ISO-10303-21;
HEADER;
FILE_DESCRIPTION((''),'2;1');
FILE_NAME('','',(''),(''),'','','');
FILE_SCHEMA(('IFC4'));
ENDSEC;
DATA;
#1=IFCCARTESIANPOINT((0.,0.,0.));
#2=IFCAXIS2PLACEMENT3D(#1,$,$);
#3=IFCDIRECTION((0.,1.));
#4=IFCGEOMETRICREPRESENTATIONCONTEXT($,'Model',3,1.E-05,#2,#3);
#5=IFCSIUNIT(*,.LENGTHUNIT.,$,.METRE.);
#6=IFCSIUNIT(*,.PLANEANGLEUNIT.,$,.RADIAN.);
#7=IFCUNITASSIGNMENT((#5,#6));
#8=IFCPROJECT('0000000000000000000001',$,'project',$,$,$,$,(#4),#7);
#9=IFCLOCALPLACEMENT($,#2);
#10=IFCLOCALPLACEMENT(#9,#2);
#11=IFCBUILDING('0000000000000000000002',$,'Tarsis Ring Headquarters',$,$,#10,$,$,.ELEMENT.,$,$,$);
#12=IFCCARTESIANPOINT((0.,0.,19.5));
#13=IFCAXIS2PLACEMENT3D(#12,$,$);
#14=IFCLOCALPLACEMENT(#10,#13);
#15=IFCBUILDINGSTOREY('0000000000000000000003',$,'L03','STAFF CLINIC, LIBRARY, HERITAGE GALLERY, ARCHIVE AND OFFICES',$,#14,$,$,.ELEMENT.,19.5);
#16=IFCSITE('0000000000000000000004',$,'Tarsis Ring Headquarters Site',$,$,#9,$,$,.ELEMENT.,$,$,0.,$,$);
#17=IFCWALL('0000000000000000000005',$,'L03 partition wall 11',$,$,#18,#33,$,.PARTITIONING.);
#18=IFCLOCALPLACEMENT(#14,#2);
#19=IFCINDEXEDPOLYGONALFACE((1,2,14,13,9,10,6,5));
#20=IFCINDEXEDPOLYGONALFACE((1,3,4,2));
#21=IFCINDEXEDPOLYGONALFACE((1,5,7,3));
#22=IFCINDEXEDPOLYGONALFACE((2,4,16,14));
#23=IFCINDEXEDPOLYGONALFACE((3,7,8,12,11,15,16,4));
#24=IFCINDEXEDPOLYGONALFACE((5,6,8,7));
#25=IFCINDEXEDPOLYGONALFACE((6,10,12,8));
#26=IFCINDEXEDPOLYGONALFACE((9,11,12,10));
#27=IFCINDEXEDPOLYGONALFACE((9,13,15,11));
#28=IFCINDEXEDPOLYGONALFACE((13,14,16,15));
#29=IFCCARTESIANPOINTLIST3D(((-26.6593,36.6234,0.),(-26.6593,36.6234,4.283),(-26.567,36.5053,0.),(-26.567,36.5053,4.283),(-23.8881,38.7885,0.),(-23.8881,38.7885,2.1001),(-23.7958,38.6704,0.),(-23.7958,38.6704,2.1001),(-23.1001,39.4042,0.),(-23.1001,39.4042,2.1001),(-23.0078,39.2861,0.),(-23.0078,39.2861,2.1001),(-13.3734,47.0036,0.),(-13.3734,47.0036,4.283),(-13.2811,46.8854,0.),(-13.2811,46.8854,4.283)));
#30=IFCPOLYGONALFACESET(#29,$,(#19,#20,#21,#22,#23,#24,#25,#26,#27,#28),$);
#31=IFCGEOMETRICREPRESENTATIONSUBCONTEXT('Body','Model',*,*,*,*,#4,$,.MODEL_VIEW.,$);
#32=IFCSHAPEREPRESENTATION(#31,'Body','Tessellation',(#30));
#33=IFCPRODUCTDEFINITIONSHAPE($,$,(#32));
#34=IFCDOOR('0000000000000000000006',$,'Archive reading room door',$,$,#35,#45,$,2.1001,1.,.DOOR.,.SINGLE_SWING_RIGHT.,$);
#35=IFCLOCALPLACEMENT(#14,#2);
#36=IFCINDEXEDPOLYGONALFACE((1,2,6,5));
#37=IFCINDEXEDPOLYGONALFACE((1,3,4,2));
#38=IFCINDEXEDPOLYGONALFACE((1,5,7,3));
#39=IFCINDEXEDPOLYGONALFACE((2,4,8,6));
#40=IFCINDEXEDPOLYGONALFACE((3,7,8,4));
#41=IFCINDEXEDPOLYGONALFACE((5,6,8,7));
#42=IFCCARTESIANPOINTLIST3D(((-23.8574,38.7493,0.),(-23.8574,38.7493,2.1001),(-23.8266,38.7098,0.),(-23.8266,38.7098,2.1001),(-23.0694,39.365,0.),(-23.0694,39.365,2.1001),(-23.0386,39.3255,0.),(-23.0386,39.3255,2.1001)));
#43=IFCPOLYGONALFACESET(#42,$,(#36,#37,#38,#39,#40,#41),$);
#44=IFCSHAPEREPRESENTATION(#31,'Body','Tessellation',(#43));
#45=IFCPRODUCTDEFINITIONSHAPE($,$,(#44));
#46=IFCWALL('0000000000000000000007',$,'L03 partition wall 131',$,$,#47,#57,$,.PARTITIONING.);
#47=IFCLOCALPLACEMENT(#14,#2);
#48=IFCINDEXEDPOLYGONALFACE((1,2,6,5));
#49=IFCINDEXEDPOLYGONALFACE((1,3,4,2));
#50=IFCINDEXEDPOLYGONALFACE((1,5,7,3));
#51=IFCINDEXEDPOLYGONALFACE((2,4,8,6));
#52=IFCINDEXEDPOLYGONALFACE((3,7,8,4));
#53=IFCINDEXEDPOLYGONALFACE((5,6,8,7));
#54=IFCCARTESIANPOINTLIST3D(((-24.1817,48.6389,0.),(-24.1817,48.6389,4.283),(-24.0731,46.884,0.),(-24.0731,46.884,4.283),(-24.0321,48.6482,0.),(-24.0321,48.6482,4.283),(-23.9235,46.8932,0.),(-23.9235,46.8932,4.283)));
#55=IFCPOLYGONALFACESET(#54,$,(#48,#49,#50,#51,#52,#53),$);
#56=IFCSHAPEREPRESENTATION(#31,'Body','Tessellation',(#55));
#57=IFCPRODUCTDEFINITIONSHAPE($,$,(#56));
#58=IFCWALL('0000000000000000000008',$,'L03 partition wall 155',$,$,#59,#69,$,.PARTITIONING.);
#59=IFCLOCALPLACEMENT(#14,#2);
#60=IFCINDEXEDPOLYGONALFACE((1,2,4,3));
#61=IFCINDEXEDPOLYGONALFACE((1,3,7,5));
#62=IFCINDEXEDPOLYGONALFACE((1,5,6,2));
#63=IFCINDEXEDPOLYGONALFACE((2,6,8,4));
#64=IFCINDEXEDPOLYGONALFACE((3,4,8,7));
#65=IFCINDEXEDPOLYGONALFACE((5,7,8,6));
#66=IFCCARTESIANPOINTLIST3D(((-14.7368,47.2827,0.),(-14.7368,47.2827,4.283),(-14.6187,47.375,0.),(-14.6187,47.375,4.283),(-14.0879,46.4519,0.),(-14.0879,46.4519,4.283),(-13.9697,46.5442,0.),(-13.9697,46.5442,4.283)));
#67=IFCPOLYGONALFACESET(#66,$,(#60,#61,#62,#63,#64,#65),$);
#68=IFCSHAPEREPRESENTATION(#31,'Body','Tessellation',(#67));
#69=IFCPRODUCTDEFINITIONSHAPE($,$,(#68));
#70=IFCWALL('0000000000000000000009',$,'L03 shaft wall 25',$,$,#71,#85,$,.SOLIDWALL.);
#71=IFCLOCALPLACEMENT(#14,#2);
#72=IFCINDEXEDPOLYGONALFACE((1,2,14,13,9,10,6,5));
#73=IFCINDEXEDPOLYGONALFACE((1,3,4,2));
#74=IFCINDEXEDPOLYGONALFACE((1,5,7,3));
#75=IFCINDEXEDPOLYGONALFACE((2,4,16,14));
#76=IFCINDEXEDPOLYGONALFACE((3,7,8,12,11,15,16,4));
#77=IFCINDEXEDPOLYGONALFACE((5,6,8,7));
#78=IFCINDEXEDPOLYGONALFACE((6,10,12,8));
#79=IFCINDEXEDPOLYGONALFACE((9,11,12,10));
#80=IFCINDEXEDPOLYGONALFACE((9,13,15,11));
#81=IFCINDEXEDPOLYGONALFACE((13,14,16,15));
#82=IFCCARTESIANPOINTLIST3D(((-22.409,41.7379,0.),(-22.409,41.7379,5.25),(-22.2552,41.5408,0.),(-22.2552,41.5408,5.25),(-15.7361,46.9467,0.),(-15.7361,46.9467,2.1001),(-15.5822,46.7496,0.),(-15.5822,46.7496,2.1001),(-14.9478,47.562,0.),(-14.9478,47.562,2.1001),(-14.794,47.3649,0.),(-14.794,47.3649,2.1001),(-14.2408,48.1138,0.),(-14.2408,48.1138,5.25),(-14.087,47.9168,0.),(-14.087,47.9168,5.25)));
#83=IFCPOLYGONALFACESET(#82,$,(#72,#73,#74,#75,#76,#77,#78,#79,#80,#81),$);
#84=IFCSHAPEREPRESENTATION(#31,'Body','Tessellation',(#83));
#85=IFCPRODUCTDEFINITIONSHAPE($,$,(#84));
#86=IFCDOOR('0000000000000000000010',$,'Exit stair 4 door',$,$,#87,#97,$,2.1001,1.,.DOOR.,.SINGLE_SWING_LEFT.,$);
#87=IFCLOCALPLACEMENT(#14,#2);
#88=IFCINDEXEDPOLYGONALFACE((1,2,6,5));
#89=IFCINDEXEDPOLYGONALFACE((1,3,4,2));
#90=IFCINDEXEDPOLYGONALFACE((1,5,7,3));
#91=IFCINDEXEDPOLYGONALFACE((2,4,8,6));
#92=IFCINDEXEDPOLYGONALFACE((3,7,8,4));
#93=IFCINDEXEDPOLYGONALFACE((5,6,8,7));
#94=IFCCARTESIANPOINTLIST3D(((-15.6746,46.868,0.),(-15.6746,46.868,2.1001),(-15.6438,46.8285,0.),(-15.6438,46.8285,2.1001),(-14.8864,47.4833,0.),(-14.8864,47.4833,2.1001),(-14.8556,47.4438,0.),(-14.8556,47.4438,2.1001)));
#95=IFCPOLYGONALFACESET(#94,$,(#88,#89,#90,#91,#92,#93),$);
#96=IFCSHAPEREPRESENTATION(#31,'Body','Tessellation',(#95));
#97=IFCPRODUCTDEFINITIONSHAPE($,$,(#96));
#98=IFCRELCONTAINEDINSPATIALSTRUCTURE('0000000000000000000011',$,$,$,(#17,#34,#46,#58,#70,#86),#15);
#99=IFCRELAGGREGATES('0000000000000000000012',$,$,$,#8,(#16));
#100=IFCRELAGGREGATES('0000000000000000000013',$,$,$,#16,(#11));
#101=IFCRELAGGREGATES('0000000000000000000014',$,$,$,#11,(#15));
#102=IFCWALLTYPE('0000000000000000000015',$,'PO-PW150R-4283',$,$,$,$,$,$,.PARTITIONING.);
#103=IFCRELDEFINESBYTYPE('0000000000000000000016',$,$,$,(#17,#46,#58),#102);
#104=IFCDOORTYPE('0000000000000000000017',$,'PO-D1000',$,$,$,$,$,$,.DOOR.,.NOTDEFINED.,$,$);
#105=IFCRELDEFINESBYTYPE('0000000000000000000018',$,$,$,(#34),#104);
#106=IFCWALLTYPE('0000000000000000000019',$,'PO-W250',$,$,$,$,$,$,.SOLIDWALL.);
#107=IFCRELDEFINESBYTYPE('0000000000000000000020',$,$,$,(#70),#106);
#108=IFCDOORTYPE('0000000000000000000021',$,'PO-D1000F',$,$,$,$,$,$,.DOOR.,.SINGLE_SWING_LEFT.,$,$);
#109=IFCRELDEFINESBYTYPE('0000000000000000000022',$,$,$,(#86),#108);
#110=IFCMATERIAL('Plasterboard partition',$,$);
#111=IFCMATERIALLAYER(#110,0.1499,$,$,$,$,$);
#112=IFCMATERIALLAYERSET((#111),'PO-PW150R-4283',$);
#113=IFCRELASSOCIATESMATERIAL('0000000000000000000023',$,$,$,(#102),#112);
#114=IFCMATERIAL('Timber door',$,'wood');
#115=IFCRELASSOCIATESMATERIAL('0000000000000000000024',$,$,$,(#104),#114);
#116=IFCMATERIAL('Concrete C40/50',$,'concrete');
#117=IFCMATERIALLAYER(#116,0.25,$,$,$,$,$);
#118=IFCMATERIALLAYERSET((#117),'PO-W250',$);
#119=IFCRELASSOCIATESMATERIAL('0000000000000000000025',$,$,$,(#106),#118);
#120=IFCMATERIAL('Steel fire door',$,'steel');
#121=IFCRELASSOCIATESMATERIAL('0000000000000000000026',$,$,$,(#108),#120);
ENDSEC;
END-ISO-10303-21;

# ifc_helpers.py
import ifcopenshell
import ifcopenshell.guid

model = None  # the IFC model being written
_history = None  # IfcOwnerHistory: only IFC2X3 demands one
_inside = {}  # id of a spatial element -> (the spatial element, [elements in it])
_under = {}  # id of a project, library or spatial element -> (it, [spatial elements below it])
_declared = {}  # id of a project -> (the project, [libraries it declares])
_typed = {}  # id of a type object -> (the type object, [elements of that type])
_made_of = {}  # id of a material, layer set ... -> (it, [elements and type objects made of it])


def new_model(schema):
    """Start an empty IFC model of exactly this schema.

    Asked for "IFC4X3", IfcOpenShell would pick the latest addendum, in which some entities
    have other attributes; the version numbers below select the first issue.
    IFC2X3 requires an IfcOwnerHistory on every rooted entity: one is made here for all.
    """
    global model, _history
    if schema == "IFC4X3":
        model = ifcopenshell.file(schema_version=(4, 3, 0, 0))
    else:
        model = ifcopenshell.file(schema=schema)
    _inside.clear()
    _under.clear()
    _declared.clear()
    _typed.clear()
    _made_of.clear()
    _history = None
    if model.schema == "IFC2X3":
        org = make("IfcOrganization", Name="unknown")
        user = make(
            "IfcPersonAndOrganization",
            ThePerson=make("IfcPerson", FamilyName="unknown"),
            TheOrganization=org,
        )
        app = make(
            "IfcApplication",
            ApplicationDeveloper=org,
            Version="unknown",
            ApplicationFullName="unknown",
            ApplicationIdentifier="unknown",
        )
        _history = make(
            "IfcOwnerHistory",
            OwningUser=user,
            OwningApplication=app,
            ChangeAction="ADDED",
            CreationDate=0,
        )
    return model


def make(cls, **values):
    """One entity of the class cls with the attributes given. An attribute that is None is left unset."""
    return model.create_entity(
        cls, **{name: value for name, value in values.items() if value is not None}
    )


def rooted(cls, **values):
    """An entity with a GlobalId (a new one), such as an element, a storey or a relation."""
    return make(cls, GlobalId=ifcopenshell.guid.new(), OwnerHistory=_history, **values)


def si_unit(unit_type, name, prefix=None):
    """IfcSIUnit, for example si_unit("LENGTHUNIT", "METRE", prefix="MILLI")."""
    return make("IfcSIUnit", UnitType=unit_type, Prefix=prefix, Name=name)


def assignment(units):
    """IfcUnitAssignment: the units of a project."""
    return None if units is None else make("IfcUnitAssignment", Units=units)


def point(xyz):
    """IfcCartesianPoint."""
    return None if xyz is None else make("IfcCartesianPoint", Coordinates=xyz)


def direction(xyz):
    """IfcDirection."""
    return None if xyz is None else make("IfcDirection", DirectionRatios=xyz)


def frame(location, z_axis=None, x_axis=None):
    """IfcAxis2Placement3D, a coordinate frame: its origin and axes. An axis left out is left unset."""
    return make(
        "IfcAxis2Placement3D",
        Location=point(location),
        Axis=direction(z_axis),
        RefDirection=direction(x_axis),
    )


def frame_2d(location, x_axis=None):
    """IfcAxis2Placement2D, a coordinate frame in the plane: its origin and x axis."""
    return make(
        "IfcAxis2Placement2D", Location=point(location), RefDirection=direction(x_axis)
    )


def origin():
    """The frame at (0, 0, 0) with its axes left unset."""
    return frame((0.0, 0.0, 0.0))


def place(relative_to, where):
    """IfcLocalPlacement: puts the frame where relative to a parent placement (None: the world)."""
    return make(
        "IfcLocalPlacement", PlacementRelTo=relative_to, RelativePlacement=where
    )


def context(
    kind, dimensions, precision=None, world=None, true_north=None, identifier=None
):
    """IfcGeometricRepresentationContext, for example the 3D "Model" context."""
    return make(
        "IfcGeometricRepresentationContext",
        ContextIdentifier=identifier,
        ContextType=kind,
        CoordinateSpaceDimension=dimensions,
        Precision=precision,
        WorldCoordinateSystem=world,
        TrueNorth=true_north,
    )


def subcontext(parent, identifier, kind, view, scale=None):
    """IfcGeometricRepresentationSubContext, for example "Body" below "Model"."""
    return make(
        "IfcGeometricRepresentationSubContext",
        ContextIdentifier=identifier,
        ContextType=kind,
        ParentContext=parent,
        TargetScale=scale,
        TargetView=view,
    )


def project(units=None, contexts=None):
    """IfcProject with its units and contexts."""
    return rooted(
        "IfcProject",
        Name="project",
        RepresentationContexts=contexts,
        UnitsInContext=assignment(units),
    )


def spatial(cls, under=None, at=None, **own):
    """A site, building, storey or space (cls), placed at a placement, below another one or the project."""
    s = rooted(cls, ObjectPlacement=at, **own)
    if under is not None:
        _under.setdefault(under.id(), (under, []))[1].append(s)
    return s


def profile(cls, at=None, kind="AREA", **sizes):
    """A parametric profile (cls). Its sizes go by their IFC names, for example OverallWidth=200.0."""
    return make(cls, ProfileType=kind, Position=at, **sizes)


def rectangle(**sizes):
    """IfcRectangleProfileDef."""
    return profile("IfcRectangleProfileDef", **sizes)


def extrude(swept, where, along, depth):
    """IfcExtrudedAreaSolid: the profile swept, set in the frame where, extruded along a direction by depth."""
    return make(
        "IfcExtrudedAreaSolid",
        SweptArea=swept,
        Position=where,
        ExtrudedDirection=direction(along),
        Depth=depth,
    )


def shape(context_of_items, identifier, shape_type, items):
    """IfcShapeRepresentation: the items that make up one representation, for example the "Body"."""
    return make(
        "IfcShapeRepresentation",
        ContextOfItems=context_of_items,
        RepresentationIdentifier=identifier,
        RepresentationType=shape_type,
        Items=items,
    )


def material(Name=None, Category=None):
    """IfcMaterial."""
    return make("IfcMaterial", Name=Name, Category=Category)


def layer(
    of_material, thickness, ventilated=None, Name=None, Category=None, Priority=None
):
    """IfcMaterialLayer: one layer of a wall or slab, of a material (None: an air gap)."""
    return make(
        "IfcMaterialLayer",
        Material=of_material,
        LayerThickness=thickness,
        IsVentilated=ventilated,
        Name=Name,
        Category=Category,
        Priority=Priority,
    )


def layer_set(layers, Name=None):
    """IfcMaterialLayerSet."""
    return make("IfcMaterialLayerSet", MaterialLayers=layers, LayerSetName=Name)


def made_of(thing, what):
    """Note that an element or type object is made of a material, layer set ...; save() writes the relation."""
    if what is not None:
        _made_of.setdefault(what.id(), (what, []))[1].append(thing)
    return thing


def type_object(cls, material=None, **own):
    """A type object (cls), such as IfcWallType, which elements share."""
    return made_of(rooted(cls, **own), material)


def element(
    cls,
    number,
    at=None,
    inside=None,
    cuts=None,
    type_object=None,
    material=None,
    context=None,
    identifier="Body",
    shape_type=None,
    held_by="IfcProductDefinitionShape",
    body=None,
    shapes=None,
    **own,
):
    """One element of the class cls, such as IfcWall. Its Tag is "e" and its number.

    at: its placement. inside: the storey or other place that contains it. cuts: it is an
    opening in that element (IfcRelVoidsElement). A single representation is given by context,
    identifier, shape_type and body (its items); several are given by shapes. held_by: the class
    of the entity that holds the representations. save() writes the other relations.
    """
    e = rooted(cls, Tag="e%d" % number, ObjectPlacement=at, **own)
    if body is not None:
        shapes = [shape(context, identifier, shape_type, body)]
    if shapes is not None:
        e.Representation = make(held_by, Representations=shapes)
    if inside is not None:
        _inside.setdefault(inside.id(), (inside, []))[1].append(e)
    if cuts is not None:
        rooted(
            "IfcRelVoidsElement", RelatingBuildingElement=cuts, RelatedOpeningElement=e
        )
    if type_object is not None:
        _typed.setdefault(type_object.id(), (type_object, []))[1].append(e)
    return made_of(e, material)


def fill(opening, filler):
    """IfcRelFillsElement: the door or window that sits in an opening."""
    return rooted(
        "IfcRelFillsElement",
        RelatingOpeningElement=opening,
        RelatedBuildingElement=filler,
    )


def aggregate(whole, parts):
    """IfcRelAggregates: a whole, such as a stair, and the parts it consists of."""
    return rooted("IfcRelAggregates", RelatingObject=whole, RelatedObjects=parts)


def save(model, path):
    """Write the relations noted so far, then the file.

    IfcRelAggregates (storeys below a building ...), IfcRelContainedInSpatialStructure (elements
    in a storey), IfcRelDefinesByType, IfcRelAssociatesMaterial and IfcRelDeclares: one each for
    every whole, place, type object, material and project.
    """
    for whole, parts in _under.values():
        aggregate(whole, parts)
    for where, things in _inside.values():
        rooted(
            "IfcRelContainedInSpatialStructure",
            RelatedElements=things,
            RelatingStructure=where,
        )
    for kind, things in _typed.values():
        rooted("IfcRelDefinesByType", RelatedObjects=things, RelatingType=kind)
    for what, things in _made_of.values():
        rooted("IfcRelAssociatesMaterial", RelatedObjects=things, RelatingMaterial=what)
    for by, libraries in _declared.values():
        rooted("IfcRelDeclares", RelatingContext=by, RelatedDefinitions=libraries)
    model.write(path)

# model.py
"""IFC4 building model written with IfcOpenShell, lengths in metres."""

from ifc_helpers import new_model, si_unit, direction, frame, frame_2d, origin, place, context, subcontext, project, spatial, rectangle, extrude, material, layer, layer_set, type_object, element, fill, save


model = new_model("IFC4")

# Units and contexts
model_context = context("Model", 3, precision=1e-05, world=origin(), true_north=direction((0.0, 1.0)))
body_context = subcontext(model_context, "Body", "Model", "MODEL_VIEW")
ifc_project = project(units=[si_unit("LENGTHUNIT", "METRE"), si_unit("PLANEANGLEUNIT", "RADIAN")], contexts=[model_context])

# Site, building, storey
site_placement = place(None, origin())
site = spatial("IfcSite", under=ifc_project, at=site_placement, Name="Tarsis Ring Headquarters Site", CompositionType="ELEMENT", RefElevation=0.0)
building_placement = place(site_placement, origin())
building = spatial("IfcBuilding", under=site, at=building_placement, Name="Tarsis Ring Headquarters", CompositionType="ELEMENT")
storey_placement = place(building_placement, frame((0.0, 0.0, 19.5)))
storey = spatial("IfcBuildingStorey", under=building, at=storey_placement, Name="L03", Description="STAFF CLINIC, LIBRARY, HERITAGE GALLERY, ARCHIVE AND OFFICES", CompositionType="ELEMENT", Elevation=19.5)

# Shared definitions
ifc_material_1 = material(Name="Concrete C40/50", Category="concrete")

# Shared definitions
ifc_material_2 = material(Name="Plasterboard partition")

# Wall, opening, door
ifc_layer_1 = layer(ifc_material_2, 0.1499)
ifc_layer_set_1 = layer_set([ifc_layer_1], Name="PO-PW150R-4283")
wall_type_1 = type_object("IfcWallType", Name="PO-PW150R-4283", PredefinedType="PARTITIONING", material=ifc_layer_set_1)
wall_1_placement = place(storey_placement, frame((-13.3271, 46.9446, 0.0), z_axis=(0.0, 0.0, 1.0), x_axis=(-0.788009, -0.615663, 0.0)))
wall_1 = element("IfcWall", 1, at=wall_1_placement, inside=storey, type_object=wall_type_1, Name="L03 partition wall 11", PredefinedType="PARTITIONING", context=body_context, shape_type="SweptSolid", body=[
    extrude(rectangle(XDim=16.8601, YDim=0.1499, at=frame_2d((8.4302, 0.0))), origin(), (0.0, 0.0, 1.0), 4.283),
])
opening_1_placement = place(wall_1_placement, frame((12.3435, 0.0, 0.0)))
opening_1 = element("IfcOpeningElement", 2, at=opening_1_placement, cuts=wall_1, PredefinedType="OPENING", context=body_context, shape_type="SweptSolid", body=[
    extrude(rectangle(XDim=1.0, YDim=2.1001, at=frame_2d((0.5, 1.05))), frame((0.0, 0.085, 0.0), z_axis=(0.0, -1.0, 0.0), x_axis=(1.0, 0.0, 0.0)), (0.0, 0.0, 1.0), 0.1699),
])
ifc_material_3 = material(Name="Timber door", Category="wood")
door_type_1 = type_object("IfcDoorType", Name="PO-D1000", OperationType="NOTDEFINED", PredefinedType="DOOR", material=ifc_material_3)
door_1_placement = place(opening_1_placement, origin())
door_1 = element("IfcDoor", 3, at=door_1_placement, inside=storey, type_object=door_type_1, Name="Archive reading room door", OperationType="SINGLE_SWING_RIGHT", OverallHeight=2.1001, OverallWidth=1.0, PredefinedType="DOOR", context=body_context, shape_type="SweptSolid", body=[
    extrude(rectangle(XDim=1.0, YDim=2.1001, at=frame_2d((0.5, 1.05))), frame((0.0, 0.0249, 0.0), z_axis=(0.0, -1.0, 0.0), x_axis=(1.0, 0.0, 0.0)), (0.0, 0.0, 1.0), 0.05),
])
fill(opening_1, door_1)

# Walls
wall_2_placement = place(storey_placement, frame((-24.1069, 48.6436, 0.0), z_axis=(0.0, 0.0, 1.0), x_axis=(0.06179, -0.998089, 0.0)))
element("IfcWall", 4, at=wall_2_placement, inside=storey, type_object=wall_type_1, Name="L03 partition wall 131", PredefinedType="PARTITIONING", context=body_context, shape_type="SweptSolid", body=[
    extrude(rectangle(XDim=1.7583, YDim=0.1499, at=frame_2d((0.8792, 0.0))), origin(), (0.0, 0.0, 1.0), 4.283),
])
wall_3_placement = place(storey_placement, frame((-14.6777, 47.3289, 0.0), z_axis=(0.0, 0.0, 1.0), x_axis=(0.615559, -0.788091, 0.0)))
element("IfcWall", 5, at=wall_3_placement, inside=storey, type_object=wall_type_1, Name="L03 partition wall 155", PredefinedType="PARTITIONING", context=body_context, shape_type="SweptSolid", body=[
    extrude(rectangle(XDim=1.0542, YDim=0.1499, at=frame_2d((0.5271, 0.0))), origin(), (0.0, 0.0, 1.0), 4.283),
])

# Wall, opening, door
ifc_layer_2 = layer(ifc_material_1, 0.25)
ifc_layer_set_2 = layer_set([ifc_layer_2], Name="PO-W250")
wall_type_2 = type_object("IfcWallType", Name="PO-W250", PredefinedType="SOLIDWALL", material=ifc_layer_set_2)
wall_4_placement = place(storey_placement, frame((-14.1638, 48.0154, 0.0), z_axis=(0.0, 0.0, 1.0), x_axis=(-0.788279, -0.615318, 0.0)))
wall_4 = element("IfcWall", 6, at=wall_4_placement, inside=storey, type_object=wall_type_2, Name="L03 shaft wall 25", PredefinedType="SOLIDWALL", context=body_context, shape_type="SweptSolid", body=[
    extrude(rectangle(XDim=10.3621, YDim=0.25, at=frame_2d((5.1812, 0.0))), origin(), (0.0, 0.0, 1.0), 5.25),
])
opening_2_placement = place(wall_4_placement, frame((0.897, 0.0, 0.0)))
opening_2 = element("IfcOpeningElement", 7, at=opening_2_placement, cuts=wall_4, PredefinedType="OPENING", context=body_context, shape_type="SweptSolid", body=[
    extrude(rectangle(XDim=1.0, YDim=2.1001, at=frame_2d((0.5, 1.05))), frame((0.0, 0.135, 0.0), z_axis=(0.0, -1.0, 0.0), x_axis=(1.0, 0.0, 0.0)), (0.0, 0.0, 1.0), 0.27),
])
ifc_material_4 = material(Name="Steel fire door", Category="steel")
door_type_2 = type_object("IfcDoorType", Name="PO-D1000F", OperationType="SINGLE_SWING_LEFT", PredefinedType="DOOR", material=ifc_material_4)
door_2_placement = place(opening_2_placement, origin())
door_2 = element("IfcDoor", 8, at=door_2_placement, inside=storey, type_object=door_type_2, Name="Exit stair 4 door", OperationType="SINGLE_SWING_LEFT", OverallHeight=2.1001, OverallWidth=1.0, PredefinedType="DOOR", context=body_context, shape_type="SweptSolid", body=[
    extrude(rectangle(XDim=1.0, YDim=2.1001, at=frame_2d((0.5, 1.05))), frame((0.0, 0.0249, 0.0), z_axis=(0.0, -1.0, 0.0), x_axis=(1.0, 0.0, 0.0)), (0.0, 0.0, 1.0), 0.05),
])
fill(opening_2, door_2)

save(model, "model.ifc")
